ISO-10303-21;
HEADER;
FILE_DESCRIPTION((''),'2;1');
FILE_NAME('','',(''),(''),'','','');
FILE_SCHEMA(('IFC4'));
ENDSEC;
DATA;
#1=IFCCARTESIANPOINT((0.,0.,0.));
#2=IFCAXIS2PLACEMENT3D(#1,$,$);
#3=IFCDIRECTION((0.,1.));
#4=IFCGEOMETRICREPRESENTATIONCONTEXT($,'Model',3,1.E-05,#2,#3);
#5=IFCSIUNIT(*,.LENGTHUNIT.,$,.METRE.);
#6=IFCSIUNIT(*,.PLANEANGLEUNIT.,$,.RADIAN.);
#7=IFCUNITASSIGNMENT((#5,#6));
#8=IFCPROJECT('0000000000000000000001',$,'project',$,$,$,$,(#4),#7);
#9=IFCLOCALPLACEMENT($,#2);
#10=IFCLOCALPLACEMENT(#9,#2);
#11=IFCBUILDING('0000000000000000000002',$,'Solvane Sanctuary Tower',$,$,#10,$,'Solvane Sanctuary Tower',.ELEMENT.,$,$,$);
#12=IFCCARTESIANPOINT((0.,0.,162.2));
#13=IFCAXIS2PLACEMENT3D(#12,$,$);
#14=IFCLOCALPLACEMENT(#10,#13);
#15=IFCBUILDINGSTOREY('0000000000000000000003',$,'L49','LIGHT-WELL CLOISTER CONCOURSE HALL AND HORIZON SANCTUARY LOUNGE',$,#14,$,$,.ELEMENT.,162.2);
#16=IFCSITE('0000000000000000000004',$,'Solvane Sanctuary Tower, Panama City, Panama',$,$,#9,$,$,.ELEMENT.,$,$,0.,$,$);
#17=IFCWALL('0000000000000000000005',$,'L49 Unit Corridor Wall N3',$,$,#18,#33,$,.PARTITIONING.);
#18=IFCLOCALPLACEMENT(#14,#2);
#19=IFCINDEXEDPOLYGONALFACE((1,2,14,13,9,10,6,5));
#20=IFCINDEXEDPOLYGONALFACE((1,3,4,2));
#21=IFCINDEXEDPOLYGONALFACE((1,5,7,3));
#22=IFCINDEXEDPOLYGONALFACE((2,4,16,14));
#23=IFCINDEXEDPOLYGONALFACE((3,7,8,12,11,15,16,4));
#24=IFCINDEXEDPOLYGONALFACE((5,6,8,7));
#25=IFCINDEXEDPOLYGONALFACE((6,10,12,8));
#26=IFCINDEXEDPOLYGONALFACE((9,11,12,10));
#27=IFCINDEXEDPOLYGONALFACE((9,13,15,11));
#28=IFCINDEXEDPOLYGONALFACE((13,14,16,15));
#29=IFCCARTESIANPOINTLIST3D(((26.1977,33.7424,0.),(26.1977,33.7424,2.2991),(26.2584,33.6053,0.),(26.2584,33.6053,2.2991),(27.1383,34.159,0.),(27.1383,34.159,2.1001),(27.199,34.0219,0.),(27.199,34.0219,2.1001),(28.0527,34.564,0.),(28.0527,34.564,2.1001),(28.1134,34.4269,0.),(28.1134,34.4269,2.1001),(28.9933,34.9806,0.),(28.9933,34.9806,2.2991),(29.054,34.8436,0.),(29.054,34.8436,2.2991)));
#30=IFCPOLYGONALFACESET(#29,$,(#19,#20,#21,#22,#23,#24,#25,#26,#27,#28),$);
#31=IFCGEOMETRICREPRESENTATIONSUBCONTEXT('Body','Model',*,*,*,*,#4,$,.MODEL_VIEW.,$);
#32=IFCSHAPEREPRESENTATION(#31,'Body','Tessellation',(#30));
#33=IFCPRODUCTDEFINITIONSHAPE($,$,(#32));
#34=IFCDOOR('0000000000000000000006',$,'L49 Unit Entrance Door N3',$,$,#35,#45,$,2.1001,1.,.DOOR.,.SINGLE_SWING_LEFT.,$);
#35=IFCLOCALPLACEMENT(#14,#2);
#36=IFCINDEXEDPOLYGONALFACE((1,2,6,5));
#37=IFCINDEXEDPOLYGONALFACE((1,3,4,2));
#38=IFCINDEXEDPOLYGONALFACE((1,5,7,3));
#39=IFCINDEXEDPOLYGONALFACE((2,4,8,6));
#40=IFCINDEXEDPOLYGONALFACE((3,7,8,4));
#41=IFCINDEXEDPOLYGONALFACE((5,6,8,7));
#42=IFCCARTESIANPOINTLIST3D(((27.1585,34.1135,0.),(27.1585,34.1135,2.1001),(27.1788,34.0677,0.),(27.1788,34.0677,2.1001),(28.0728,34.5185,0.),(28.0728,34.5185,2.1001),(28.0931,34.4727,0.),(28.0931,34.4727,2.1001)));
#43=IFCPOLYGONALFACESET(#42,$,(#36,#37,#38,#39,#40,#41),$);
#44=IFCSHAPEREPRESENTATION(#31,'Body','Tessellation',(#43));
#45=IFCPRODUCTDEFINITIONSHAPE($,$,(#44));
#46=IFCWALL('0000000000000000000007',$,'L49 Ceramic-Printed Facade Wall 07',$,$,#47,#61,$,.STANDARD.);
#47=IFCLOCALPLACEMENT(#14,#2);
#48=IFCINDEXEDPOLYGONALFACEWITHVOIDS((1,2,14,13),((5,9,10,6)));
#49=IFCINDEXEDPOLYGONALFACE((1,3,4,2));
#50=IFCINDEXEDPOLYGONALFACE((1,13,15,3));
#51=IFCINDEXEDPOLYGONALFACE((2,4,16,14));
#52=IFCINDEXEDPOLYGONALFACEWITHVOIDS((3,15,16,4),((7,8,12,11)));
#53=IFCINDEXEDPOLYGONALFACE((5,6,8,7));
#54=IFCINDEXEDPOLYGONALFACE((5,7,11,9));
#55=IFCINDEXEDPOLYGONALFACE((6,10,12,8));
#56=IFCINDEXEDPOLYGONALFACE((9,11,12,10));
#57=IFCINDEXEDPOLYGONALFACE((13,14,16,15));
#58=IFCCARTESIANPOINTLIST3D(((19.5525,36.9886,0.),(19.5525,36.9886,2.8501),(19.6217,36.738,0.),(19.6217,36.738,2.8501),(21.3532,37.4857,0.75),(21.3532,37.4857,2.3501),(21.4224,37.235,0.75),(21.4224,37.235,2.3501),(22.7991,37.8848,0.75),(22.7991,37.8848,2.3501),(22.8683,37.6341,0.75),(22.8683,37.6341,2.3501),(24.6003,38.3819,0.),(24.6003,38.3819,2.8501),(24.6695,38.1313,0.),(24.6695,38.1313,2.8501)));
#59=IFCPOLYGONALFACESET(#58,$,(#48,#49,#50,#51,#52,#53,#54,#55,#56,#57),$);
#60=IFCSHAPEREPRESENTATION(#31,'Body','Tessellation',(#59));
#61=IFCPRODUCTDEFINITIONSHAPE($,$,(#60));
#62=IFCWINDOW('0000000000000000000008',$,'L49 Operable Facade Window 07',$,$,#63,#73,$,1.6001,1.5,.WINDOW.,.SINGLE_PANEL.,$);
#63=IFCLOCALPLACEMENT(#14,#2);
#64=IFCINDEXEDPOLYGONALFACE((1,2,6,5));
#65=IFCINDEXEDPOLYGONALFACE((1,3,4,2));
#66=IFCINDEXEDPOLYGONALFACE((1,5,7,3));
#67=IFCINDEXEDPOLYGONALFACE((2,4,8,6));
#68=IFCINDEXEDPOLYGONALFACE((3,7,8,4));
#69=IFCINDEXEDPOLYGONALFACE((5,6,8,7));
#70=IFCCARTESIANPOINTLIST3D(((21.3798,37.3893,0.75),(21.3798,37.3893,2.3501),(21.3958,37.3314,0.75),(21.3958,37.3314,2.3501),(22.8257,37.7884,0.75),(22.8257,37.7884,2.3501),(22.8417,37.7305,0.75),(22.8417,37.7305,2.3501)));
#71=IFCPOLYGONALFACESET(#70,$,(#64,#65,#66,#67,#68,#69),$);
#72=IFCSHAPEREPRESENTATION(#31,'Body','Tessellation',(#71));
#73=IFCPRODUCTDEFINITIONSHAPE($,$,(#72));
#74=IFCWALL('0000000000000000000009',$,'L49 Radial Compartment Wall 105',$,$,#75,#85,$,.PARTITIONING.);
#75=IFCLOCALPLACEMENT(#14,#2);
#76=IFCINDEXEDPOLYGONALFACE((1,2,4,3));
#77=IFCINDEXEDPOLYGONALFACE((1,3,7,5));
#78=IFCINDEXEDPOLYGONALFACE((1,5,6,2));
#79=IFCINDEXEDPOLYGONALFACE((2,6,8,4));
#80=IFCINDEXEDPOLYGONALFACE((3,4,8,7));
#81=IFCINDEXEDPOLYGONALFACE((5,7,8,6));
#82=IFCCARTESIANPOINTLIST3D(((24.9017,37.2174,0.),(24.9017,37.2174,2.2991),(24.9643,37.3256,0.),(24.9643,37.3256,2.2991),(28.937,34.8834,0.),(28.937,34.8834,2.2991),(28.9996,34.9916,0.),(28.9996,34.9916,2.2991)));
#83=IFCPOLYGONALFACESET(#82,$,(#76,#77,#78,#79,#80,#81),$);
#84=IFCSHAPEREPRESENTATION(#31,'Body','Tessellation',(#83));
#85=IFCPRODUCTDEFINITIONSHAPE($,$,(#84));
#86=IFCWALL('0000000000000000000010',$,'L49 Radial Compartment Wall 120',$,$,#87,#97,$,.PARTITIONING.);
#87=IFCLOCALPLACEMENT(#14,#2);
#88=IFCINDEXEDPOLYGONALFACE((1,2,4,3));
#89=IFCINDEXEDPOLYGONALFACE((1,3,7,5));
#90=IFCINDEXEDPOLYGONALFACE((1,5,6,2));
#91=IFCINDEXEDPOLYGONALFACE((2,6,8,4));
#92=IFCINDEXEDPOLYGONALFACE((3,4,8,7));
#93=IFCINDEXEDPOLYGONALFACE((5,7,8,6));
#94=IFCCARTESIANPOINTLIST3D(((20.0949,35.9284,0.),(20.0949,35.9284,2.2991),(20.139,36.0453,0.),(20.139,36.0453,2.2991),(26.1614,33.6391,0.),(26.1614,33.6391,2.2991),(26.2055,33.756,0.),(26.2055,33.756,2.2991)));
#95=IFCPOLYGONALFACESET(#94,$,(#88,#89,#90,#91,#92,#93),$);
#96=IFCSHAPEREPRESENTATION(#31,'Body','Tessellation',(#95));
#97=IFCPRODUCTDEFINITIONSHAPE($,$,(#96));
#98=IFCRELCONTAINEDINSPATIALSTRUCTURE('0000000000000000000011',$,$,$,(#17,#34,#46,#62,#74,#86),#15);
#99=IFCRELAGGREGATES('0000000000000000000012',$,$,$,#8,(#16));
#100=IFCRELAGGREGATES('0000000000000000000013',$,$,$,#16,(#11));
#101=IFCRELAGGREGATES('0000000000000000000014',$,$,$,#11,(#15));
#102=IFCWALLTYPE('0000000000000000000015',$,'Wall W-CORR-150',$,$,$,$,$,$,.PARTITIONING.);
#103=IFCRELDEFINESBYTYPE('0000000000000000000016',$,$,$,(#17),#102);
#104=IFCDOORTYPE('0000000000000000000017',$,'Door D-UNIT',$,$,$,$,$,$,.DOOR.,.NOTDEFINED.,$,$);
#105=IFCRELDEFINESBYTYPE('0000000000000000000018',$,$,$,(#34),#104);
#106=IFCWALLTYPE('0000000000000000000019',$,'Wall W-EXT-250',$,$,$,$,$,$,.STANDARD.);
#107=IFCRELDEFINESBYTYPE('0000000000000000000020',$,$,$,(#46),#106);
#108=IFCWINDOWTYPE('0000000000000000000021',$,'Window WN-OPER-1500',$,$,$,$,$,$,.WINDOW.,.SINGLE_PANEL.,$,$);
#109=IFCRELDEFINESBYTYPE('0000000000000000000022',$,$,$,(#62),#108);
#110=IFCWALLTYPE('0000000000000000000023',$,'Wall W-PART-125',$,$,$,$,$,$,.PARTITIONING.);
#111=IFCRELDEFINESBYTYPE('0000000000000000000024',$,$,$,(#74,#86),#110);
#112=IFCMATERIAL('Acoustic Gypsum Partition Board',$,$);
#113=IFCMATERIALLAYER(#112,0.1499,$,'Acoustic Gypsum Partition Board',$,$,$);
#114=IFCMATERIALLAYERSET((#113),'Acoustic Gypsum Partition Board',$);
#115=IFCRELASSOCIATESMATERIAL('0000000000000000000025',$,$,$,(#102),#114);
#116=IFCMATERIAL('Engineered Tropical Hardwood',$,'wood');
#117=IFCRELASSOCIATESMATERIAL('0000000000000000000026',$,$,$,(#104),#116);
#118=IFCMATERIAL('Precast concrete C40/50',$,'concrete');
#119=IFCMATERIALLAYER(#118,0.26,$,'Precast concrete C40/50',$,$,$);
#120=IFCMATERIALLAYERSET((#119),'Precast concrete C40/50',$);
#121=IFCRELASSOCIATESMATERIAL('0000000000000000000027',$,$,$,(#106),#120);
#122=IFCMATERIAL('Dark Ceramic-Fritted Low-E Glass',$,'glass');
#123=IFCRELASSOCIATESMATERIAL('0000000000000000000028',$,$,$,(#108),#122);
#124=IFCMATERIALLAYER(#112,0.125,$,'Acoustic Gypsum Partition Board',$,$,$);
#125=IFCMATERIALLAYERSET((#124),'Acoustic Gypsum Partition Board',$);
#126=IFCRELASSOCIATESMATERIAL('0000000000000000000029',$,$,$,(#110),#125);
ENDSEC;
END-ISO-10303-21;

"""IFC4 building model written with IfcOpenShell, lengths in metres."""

from ifc_helpers import new_model, si_unit, direction, frame, frame_2d, origin, place, context, subcontext, project, spatial, rectangle, extrude, material, layer, layer_set, type_object, element, fill, save


model = new_model("IFC4")

# Units and contexts
model_context = context("Model", 3, precision=1e-05, world=origin(), true_north=direction((0.0, 1.0)))
body_context = subcontext(model_context, "Body", "Model", "MODEL_VIEW")
ifc_project = project(units=[si_unit("LENGTHUNIT", "METRE"), si_unit("PLANEANGLEUNIT", "RADIAN")], contexts=[model_context])

# Site, building, storey
site_placement = place(None, origin())
site = spatial("IfcSite", under=ifc_project, at=site_placement, Name="Solvane Sanctuary Tower, Panama City, Panama", CompositionType="ELEMENT", RefElevation=0.0)
building_placement = place(site_placement, origin())
building = spatial("IfcBuilding", under=site, at=building_placement, Name="Solvane Sanctuary Tower", LongName="Solvane Sanctuary Tower", CompositionType="ELEMENT")
storey_placement = place(building_placement, frame((0.0, 0.0, 162.2)))
storey = spatial("IfcBuildingStorey", under=building, at=storey_placement, Name="L49", Description="LIGHT-WELL CLOISTER CONCOURSE HALL AND HORIZON SANCTUARY LOUNGE", CompositionType="ELEMENT", Elevation=162.2)

# Shared definitions
ifc_material_1 = material(Name="Acoustic Gypsum Partition Board")
ifc_layer_1 = layer(ifc_material_1, 0.1499, Name="Acoustic Gypsum Partition Board")
ifc_layer_set_1 = layer_set([ifc_layer_1], Name="Acoustic Gypsum Partition Board")
wall_type_1 = type_object("IfcWallType", Name="Wall W-CORR-150", PredefinedType="PARTITIONING", material=ifc_layer_set_1)

# Wall, opening, door
wall_1_placement = place(storey_placement, frame((29.0237, 34.9121, 0.0), z_axis=(0.0, 0.0, 1.0), x_axis=(-0.914324, -0.404982, 0.0)))
wall_1 = element("IfcWall", 1, at=wall_1_placement, inside=storey, type_object=wall_type_1, Name="L49 Unit Corridor Wall N3", PredefinedType="PARTITIONING", context=body_context, shape_type="SweptSolid", body=[
    extrude(rectangle(XDim=3.0576, YDim=0.1499, at=frame_2d((1.5288, 0.0))), origin(), (0.0, 0.0, 1.0), 2.2991),
])
opening_1_placement = place(wall_1_placement, frame((1.0288, 0.0, 0.0)))
opening_1 = element("IfcOpeningElement", 2, at=opening_1_placement, cuts=wall_1, PredefinedType="OPENING", context=body_context, shape_type="SweptSolid", body=[
    extrude(rectangle(XDim=1.0, YDim=2.1001, at=frame_2d((0.5, 1.05))), frame((0.0, 0.085, 0.0), z_axis=(0.0, -1.0, 0.0), x_axis=(1.0, 0.0, 0.0)), (0.0, 0.0, 1.0), 0.1699),
])
ifc_material_2 = material(Name="Engineered Tropical Hardwood", Category="wood")
door_type = type_object("IfcDoorType", Name="Door D-UNIT", OperationType="NOTDEFINED", PredefinedType="DOOR", material=ifc_material_2)
door_placement = place(opening_1_placement, origin())
door = element("IfcDoor", 3, at=door_placement, inside=storey, type_object=door_type, Name="L49 Unit Entrance Door N3", OperationType="SINGLE_SWING_LEFT", OverallHeight=2.1001, OverallWidth=1.0, PredefinedType="DOOR", context=body_context, shape_type="SweptSolid", body=[
    extrude(rectangle(XDim=1.0, YDim=2.1001, at=frame_2d((0.5, 1.05))), frame((0.0, 0.0249, 0.0), z_axis=(0.0, -1.0, 0.0), x_axis=(1.0, 0.0, 0.0)), (0.0, 0.0, 1.0), 0.05),
])
fill(opening_1, door)

# Wall, opening, window
ifc_material_3 = material(Name="Precast concrete C40/50", Category="concrete")
ifc_layer_2 = layer(ifc_material_3, 0.26, Name="Precast concrete C40/50")
ifc_layer_set_2 = layer_set([ifc_layer_2], Name="Precast concrete C40/50")
wall_type_2 = type_object("IfcWallType", Name="Wall W-EXT-250", PredefinedType="STANDARD", material=ifc_layer_set_2)
wall_2_placement = place(storey_placement, frame((24.6348, 38.2566, 0.0), z_axis=(0.0, 0.0, 1.0), x_axis=(-0.963953, -0.266071, 0.0)))
wall_2 = element("IfcWall", 4, at=wall_2_placement, inside=storey, type_object=wall_type_2, Name="L49 Ceramic-Printed Facade Wall 07", PredefinedType="STANDARD", context=body_context, shape_type="SweptSolid", body=[
    extrude(rectangle(XDim=5.2366, YDim=0.26, at=frame_2d((2.6182, 0.0))), origin(), (0.0, 0.0, 1.0), 2.8501),
])
opening_2_placement = place(wall_2_placement, frame((1.8684, 0.0, 0.75)))
opening_2 = element("IfcOpeningElement", 5, at=opening_2_placement, cuts=wall_2, PredefinedType="OPENING", context=body_context, shape_type="SweptSolid", body=[
    extrude(rectangle(XDim=1.5, YDim=1.6001, at=frame_2d((0.75, 0.8))), frame((0.0, 0.1399, 0.0), z_axis=(0.0, -1.0, 0.0), x_axis=(1.0, 0.0, 0.0)), (0.0, 0.0, 1.0), 0.28),
])
ifc_material_4 = material(Name="Dark Ceramic-Fritted Low-E Glass", Category="glass")
window_type = type_object("IfcWindowType", Name="Window WN-OPER-1500", PartitioningType="SINGLE_PANEL", PredefinedType="WINDOW", material=ifc_material_4)
window_placement = place(opening_2_placement, origin())
window = element("IfcWindow", 6, at=window_placement, inside=storey, type_object=window_type, Name="L49 Operable Facade Window 07", OverallHeight=1.6001, OverallWidth=1.5, PartitioningType="SINGLE_PANEL", PredefinedType="WINDOW", context=body_context, shape_type="SweptSolid", body=[
    extrude(rectangle(XDim=1.5, YDim=1.6001, at=frame_2d((0.75, 0.8))), frame((0.0, 0.03, 0.0), z_axis=(0.0, -1.0, 0.0), x_axis=(1.0, 0.0, 0.0)), (0.0, 0.0, 1.0), 0.0601),
])
fill(opening_2, window)

# Walls
ifc_layer_3 = layer(ifc_material_1, 0.125, Name="Acoustic Gypsum Partition Board")
ifc_layer_set_3 = layer_set([ifc_layer_3], Name="Acoustic Gypsum Partition Board")
wall_type_3 = type_object("IfcWallType", Name="Wall W-PART-125", PredefinedType="PARTITIONING", material=ifc_layer_set_3)
wall_3_placement = place(storey_placement, frame((28.9683, 34.9375, 0.0), z_axis=(0.0, 0.0, 1.0), x_axis=(-0.865627, 0.500689, 0.0)))
element("IfcWall", 7, at=wall_3_placement, inside=storey, type_object=wall_type_3, Name="L49 Radial Compartment Wall 105", PredefinedType="PARTITIONING", context=body_context, shape_type="SweptSolid", body=[
    extrude(rectangle(XDim=4.6616, YDim=0.125, at=frame_2d((2.3308, 0.0))), origin(), (0.0, 0.0, 1.0), 2.2991),
])
wall_4_placement = place(storey_placement, frame((26.1836, 33.6975, 0.0), z_axis=(0.0, 0.0, 1.0), x_axis=(-0.935601, 0.353058, 0.0)))
element("IfcWall", 8, at=wall_4_placement, inside=storey, type_object=wall_type_3, Name="L49 Radial Compartment Wall 120", PredefinedType="PARTITIONING", context=body_context, shape_type="SweptSolid", body=[
    extrude(rectangle(XDim=6.4841, YDim=0.125, at=frame_2d((3.2422, 0.0))), origin(), (0.0, 0.0, 1.0), 2.2991),
])

save(model, "model.ifc")
